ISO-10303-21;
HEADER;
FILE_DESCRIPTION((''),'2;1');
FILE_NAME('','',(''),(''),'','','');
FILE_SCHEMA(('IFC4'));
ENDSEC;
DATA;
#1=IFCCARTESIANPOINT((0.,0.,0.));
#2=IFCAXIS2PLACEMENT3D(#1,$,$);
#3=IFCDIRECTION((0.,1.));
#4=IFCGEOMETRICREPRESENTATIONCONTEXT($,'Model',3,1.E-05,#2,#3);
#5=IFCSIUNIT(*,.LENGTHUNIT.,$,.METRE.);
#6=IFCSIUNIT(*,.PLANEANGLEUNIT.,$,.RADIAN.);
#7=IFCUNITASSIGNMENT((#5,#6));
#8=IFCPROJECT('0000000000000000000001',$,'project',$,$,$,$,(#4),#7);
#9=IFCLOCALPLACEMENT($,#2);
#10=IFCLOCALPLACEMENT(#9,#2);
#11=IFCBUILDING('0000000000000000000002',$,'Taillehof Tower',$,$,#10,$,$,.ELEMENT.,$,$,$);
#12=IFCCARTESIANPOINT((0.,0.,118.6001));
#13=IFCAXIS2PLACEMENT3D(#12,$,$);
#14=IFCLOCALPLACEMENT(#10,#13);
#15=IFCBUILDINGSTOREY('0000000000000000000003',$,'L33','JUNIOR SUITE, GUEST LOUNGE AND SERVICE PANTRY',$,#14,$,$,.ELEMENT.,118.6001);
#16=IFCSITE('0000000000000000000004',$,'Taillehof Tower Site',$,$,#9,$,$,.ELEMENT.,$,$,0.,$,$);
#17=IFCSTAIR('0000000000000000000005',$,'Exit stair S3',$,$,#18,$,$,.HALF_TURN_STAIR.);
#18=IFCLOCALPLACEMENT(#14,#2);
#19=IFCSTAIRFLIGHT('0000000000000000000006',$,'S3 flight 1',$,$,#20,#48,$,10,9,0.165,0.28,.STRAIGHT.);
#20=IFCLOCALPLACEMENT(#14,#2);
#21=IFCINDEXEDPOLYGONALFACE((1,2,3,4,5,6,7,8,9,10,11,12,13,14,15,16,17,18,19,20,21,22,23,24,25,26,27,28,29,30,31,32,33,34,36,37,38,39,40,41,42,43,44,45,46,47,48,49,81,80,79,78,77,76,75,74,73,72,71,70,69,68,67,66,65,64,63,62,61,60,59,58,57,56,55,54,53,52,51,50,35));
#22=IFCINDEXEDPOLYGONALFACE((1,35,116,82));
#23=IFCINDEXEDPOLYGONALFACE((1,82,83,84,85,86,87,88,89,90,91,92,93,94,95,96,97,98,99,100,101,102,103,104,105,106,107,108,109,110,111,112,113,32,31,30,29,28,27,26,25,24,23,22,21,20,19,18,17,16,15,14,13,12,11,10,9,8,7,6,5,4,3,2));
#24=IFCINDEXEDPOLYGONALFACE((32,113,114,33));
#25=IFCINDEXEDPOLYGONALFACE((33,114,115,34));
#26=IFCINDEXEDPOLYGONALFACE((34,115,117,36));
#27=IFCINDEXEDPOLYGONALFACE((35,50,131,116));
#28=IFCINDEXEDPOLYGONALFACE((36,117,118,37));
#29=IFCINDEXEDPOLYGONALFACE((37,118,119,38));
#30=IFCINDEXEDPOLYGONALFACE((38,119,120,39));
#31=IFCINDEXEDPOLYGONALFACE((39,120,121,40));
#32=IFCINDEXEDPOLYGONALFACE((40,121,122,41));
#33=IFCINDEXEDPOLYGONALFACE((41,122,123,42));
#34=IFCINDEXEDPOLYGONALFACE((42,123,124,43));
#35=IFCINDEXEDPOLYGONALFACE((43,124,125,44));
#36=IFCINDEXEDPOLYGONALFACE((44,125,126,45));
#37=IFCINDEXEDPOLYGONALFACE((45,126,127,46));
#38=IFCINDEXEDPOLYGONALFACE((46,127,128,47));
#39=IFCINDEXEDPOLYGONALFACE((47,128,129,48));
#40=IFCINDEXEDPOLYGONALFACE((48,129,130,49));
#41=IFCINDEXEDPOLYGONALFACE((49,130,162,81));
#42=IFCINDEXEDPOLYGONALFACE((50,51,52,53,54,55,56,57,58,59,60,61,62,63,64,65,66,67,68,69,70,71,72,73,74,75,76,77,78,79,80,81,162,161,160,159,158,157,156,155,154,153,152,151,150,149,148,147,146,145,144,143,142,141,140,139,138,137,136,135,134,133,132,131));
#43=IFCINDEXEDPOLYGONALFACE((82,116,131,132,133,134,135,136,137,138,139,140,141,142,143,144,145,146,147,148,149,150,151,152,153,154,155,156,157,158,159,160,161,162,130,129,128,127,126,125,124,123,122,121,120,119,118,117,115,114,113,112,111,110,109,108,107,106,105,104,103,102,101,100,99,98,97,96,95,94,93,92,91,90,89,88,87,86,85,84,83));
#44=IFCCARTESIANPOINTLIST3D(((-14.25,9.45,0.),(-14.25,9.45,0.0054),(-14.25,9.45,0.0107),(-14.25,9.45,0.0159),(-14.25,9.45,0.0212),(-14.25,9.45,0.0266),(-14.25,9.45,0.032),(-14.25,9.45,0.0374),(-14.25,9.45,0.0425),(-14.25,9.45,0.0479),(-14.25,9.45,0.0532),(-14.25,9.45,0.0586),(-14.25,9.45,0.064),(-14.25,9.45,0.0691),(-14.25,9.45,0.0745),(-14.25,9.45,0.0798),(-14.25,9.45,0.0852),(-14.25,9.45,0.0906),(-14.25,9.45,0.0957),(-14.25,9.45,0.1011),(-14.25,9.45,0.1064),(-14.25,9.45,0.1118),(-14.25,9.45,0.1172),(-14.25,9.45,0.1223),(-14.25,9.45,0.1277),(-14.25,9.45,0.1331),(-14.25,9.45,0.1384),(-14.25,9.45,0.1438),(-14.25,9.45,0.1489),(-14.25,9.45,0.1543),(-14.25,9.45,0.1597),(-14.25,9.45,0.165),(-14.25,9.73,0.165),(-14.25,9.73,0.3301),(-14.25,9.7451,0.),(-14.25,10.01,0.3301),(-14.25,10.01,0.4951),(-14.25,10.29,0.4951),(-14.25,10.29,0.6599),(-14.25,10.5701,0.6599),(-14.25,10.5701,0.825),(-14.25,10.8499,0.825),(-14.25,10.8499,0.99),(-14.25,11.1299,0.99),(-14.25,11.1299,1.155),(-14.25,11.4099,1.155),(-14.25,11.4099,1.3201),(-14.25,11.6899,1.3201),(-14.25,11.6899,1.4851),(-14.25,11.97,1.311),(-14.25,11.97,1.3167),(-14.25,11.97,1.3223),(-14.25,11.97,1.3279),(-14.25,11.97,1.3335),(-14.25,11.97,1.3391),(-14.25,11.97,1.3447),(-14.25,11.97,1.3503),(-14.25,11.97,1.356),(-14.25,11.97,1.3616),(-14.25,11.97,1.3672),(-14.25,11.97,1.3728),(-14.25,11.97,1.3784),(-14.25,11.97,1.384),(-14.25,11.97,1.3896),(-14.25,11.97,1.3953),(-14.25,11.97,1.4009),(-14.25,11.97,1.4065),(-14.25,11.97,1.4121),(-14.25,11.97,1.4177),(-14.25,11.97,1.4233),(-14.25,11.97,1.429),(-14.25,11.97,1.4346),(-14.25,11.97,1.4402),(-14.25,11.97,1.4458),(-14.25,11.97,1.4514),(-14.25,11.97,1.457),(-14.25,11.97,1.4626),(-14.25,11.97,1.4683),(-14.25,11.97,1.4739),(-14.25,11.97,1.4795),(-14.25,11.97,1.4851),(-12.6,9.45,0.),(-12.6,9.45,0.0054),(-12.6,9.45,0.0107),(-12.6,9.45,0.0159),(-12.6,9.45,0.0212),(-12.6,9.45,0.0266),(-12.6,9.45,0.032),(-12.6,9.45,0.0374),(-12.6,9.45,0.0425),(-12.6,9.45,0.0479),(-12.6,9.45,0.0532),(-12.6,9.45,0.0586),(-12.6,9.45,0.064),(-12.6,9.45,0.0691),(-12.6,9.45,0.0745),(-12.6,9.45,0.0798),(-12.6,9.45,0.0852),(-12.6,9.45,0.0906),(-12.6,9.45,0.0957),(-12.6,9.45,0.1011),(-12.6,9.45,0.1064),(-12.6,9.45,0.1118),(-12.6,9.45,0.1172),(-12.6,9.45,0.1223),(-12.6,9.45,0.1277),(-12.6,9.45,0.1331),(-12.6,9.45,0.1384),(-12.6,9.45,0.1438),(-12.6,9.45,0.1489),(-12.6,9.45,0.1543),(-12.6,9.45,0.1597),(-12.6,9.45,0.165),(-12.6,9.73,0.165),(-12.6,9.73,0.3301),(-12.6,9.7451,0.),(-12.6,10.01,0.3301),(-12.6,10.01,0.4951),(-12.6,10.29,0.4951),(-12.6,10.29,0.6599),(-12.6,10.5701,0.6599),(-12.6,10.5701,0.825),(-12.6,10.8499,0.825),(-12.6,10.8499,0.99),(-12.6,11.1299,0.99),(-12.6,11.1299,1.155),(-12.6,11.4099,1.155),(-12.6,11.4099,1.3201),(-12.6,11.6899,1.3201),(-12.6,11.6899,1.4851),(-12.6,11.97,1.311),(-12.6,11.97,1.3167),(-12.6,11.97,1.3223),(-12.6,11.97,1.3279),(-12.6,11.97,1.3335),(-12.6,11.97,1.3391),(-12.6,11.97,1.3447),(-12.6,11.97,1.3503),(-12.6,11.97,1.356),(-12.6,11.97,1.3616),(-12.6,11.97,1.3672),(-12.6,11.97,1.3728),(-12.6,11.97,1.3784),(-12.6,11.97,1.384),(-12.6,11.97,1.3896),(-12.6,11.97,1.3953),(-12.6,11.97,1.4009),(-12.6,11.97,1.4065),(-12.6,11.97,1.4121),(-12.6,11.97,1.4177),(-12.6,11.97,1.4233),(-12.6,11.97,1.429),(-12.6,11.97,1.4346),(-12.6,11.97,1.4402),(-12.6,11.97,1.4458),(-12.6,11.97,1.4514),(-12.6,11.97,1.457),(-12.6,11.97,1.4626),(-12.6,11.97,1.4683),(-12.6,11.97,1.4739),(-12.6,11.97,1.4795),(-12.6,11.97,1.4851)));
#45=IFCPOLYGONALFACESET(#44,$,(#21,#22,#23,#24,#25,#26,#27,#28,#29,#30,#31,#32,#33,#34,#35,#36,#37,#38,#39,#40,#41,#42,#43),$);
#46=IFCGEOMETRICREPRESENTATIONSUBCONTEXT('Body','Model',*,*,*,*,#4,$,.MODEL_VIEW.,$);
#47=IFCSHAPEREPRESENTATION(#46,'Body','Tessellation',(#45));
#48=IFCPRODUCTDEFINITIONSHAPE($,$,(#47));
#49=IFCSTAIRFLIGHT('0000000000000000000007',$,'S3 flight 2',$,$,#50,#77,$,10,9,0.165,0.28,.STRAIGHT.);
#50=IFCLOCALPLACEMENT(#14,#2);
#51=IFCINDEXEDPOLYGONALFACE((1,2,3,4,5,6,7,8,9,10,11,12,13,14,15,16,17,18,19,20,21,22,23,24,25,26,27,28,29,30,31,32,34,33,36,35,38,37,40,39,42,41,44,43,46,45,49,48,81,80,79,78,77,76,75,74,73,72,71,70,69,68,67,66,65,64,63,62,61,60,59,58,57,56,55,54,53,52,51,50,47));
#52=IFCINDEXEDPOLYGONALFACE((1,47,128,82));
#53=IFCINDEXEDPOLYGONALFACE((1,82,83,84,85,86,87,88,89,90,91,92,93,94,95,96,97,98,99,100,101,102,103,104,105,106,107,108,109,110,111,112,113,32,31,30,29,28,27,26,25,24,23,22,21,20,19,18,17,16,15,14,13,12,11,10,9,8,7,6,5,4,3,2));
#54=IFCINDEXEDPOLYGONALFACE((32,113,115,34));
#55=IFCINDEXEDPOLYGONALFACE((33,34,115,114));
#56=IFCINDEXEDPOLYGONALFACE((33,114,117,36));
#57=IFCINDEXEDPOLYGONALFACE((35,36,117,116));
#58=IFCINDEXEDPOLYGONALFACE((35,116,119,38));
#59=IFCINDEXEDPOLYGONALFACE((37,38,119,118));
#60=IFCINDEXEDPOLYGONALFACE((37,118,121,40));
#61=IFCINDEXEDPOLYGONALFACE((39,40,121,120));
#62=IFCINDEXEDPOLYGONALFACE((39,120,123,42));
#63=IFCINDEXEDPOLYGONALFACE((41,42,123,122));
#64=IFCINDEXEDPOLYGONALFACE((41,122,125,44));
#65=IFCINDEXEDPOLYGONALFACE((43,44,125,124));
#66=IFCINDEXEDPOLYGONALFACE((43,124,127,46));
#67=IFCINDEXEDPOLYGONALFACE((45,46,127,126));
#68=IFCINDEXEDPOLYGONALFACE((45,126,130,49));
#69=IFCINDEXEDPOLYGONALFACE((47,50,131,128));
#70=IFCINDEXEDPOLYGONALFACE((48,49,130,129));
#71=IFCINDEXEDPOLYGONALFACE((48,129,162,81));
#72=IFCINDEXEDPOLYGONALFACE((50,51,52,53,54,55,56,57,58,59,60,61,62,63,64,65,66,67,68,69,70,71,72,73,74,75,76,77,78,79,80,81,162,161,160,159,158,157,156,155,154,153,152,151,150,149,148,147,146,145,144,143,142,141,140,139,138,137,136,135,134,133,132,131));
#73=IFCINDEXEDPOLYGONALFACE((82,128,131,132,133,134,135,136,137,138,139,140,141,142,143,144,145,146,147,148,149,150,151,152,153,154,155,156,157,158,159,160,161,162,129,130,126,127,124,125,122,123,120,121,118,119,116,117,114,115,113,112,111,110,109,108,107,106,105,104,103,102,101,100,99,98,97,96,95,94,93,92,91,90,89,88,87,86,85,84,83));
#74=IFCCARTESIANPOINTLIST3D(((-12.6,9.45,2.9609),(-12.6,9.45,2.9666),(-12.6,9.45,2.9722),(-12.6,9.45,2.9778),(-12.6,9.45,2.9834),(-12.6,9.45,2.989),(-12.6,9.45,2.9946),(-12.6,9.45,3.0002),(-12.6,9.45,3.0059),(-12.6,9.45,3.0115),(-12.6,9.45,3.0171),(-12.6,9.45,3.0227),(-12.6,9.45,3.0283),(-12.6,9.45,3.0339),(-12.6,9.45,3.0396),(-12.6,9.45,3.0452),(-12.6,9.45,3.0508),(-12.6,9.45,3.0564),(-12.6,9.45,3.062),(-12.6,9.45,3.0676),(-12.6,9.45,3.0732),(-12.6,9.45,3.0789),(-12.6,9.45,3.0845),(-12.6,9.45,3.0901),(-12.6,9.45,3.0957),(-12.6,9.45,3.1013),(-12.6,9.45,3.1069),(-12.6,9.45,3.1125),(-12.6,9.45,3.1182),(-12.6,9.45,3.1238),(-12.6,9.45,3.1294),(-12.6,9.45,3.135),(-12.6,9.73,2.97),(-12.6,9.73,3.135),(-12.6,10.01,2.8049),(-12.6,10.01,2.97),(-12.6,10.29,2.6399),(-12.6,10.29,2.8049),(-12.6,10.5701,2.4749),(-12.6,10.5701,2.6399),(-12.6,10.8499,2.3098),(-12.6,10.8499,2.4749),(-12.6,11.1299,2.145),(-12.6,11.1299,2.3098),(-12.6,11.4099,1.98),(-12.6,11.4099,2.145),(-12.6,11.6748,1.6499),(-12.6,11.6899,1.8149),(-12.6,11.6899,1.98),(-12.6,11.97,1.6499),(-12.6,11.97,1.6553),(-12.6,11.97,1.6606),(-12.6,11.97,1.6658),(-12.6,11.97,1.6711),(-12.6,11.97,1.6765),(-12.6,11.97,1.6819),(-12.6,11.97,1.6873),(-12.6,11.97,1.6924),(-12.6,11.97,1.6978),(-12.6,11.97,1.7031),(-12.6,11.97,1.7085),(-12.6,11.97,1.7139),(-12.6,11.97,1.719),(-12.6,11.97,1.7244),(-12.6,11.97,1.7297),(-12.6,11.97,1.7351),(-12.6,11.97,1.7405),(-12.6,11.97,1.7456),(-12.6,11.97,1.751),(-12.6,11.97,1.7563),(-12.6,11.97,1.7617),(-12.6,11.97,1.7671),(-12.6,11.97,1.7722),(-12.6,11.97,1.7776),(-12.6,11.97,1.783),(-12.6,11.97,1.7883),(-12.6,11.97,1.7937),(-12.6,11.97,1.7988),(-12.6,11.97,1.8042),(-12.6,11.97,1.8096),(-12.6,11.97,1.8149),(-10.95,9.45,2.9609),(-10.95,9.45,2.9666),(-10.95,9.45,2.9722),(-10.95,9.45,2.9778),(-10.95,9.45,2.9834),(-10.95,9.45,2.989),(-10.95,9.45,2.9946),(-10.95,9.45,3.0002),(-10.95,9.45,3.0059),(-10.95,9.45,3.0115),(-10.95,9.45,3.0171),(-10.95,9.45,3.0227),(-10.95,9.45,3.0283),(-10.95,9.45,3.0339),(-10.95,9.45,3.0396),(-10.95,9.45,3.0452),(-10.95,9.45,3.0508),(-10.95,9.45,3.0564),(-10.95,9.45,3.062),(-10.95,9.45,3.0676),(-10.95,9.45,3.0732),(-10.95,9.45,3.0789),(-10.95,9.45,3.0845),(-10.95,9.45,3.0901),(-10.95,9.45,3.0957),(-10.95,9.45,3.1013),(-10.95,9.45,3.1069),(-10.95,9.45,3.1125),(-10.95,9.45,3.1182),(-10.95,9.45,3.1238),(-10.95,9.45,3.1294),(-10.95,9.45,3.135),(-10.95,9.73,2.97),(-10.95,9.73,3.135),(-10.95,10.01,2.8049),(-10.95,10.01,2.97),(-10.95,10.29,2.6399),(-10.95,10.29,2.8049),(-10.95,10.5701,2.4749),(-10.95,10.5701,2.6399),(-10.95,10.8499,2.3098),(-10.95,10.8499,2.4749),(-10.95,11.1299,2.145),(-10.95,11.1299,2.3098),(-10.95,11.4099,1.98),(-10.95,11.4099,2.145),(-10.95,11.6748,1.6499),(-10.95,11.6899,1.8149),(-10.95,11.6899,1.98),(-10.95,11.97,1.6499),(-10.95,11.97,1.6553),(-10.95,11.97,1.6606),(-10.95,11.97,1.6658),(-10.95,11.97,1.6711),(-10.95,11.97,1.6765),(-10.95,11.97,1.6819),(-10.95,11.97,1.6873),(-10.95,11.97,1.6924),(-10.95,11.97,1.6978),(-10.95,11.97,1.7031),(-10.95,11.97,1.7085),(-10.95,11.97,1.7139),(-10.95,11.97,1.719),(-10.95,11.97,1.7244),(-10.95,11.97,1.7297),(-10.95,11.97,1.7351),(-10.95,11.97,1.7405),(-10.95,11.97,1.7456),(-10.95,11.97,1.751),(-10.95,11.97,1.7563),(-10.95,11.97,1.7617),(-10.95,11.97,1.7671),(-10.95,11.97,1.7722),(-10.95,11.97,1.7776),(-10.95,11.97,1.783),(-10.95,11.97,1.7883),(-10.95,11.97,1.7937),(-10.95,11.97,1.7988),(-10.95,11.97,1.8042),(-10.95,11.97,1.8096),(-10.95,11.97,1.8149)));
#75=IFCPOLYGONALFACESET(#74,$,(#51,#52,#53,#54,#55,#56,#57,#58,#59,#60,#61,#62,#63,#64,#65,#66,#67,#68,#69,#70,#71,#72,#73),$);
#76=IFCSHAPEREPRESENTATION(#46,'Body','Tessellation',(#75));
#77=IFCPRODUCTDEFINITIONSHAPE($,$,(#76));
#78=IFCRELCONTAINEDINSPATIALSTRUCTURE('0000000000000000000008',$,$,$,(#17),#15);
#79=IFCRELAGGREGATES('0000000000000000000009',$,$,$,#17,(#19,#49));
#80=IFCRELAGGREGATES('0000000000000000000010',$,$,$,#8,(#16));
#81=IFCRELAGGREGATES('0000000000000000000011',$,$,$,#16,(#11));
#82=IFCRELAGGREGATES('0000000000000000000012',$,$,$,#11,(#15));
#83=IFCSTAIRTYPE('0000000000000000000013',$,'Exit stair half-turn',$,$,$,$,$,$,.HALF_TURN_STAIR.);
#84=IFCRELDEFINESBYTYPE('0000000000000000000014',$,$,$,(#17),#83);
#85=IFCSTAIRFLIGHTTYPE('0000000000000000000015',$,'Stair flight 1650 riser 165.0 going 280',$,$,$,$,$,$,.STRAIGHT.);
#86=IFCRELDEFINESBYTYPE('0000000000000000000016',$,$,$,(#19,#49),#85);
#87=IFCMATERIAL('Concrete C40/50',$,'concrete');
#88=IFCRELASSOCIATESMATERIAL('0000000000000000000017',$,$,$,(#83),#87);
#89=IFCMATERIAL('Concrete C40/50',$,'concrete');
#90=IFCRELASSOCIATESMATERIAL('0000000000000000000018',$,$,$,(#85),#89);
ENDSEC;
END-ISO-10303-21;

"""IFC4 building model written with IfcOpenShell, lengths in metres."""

from ifc_helpers import new_model, si_unit, direction, frame, origin, place, context, subcontext, project, spatial, polyline, outline, extrude, material, type_object, element, aggregate, save


model = new_model("IFC4")

# Units and contexts
model_context = context("Model", 3, precision=1e-05, world=origin(), true_north=direction((0.0, 1.0)))
body_context = subcontext(model_context, "Body", "Model", "MODEL_VIEW")
ifc_project = project(units=[si_unit("LENGTHUNIT", "METRE"), si_unit("PLANEANGLEUNIT", "RADIAN")], contexts=[model_context])

# Site, building, storey
site_placement = place(None, origin())
site = spatial("IfcSite", under=ifc_project, at=site_placement, Name="Taillehof Tower Site", CompositionType="ELEMENT", RefElevation=0.0)
building_placement = place(site_placement, origin())
building = spatial("IfcBuilding", under=site, at=building_placement, Name="Taillehof Tower", CompositionType="ELEMENT")
storey_placement = place(building_placement, frame((0.0, 0.0, 118.6001)))
storey = spatial("IfcBuildingStorey", under=building, at=storey_placement, Name="L33", Description="JUNIOR SUITE, GUEST LOUNGE AND SERVICE PANTRY", CompositionType="ELEMENT", Elevation=118.6001)

# Stair, stair flights
ifc_material_1 = material(Name="Concrete C40/50", Category="concrete")
stair_type = type_object("IfcStairType", Name="Exit stair half-turn", PredefinedType="HALF_TURN_STAIR", material=ifc_material_1)
stair_placement = place(storey_placement, origin())
stair = element("IfcStair", 1, at=stair_placement, inside=storey, type_object=stair_type, Name="Exit stair S3", PredefinedType="HALF_TURN_STAIR")
ifc_material_2 = material(Name="Concrete C40/50", Category="concrete")
stair_flight_type = type_object("IfcStairFlightType", Name="Stair flight 1650 riser 165.0 going 280", PredefinedType="STRAIGHT", material=ifc_material_2)
stair_flight_1_placement = place(storey_placement, frame((-13.425, 9.45, 0.0), z_axis=(0.0, 0.0, 1.0), x_axis=(0.0, 1.0, 0.0)))
stair_flight_1 = element("IfcStairFlight", 2, at=stair_flight_1_placement, type_object=stair_flight_type, Name="S3 flight 1", NumberOfRisers=10, NumberOfTreads=9, PredefinedType="STRAIGHT", RiserHeight=0.165, TreadLength=0.28, context=body_context, shape_type="SweptSolid", body=[
    extrude(outline(polyline([(0.0, 0.0), (0.0, 0.0054), (0.0, 0.0107), (0.0, 0.0159), (0.0, 0.0212), (0.0, 0.0266), (0.0, 0.032), (0.0, 0.0374), (0.0, 0.0425), (0.0, 0.0479), (0.0, 0.0532), (0.0, 0.0586), (0.0, 0.064), (0.0, 0.0691), (0.0, 0.0745), (0.0, 0.0798), (0.0, 0.0852), (0.0, 0.0906), (0.0, 0.0957), (0.0, 0.1011), (0.0, 0.1064), (0.0, 0.1118), (0.0, 0.1172), (0.0, 0.1223), (0.0, 0.1277), (0.0, 0.1331), (0.0, 0.1384), (0.0, 0.1438), (0.0, 0.1489), (0.0, 0.1543), (0.0, 0.1597), (0.0, 0.165), (0.28, 0.165), (0.28, 0.3301), (0.5601, 0.3301), (0.5601, 0.4951), (0.8401, 0.4951), (0.8401, 0.6599), (1.1201, 0.6599), (1.1201, 0.825), (1.3999, 0.825), (1.3999, 0.99), (1.6799, 0.99), (1.6799, 1.155), (1.96, 1.155), (1.96, 1.3201), (2.24, 1.3201), (2.24, 1.4851), (2.52, 1.4851), (2.52, 1.4795), (2.52, 1.4739), (2.52, 1.4683), (2.52, 1.4626), (2.52, 1.457), (2.52, 1.4514), (2.52, 1.4458), (2.52, 1.4402), (2.52, 1.4346), (2.52, 1.429), (2.52, 1.4233), (2.52, 1.4177), (2.52, 1.4121), (2.52, 1.4065), (2.52, 1.4009), (2.52, 1.3953), (2.52, 1.3896), (2.52, 1.384), (2.52, 1.3784), (2.52, 1.3728), (2.52, 1.3672), (2.52, 1.3616), (2.52, 1.356), (2.52, 1.3503), (2.52, 1.3447), (2.52, 1.3391), (2.52, 1.3335), (2.52, 1.3279), (2.52, 1.3223), (2.52, 1.3167), (2.52, 1.311), (0.2952, 0.0), (0.0, 0.0)])), frame((0.0, 0.825, 0.0), z_axis=(0.0, -1.0, 0.0), x_axis=(1.0, 0.0, 0.0)), (0.0, 0.0, 1.0), 1.65),
])
stair_flight_2_placement = place(storey_placement, frame((-11.7749, 11.97, 1.6499), z_axis=(0.0, 0.0, 1.0), x_axis=(0.0, -1.0, 0.0)))
stair_flight_2 = element("IfcStairFlight", 3, at=stair_flight_2_placement, type_object=stair_flight_type, Name="S3 flight 2", NumberOfRisers=10, NumberOfTreads=9, PredefinedType="STRAIGHT", RiserHeight=0.165, TreadLength=0.28, context=body_context, shape_type="SweptSolid", body=[
    extrude(outline(polyline([(0.0, 0.0), (0.0, 0.0054), (0.0, 0.0107), (0.0, 0.0159), (0.0, 0.0212), (0.0, 0.0266), (0.0, 0.032), (0.0, 0.0374), (0.0, 0.0425), (0.0, 0.0479), (0.0, 0.0532), (0.0, 0.0586), (0.0, 0.064), (0.0, 0.0691), (0.0, 0.0745), (0.0, 0.0798), (0.0, 0.0852), (0.0, 0.0906), (0.0, 0.0957), (0.0, 0.1011), (0.0, 0.1064), (0.0, 0.1118), (0.0, 0.1172), (0.0, 0.1223), (0.0, 0.1277), (0.0, 0.1331), (0.0, 0.1384), (0.0, 0.1438), (0.0, 0.1489), (0.0, 0.1543), (0.0, 0.1597), (0.0, 0.165), (0.28, 0.165), (0.28, 0.3301), (0.5601, 0.3301), (0.5601, 0.4951), (0.8401, 0.4951), (0.8401, 0.6599), (1.1201, 0.6599), (1.1201, 0.825), (1.3999, 0.825), (1.3999, 0.99), (1.6799, 0.99), (1.6799, 1.155), (1.96, 1.155), (1.96, 1.3201), (2.24, 1.3201), (2.24, 1.4851), (2.52, 1.4851), (2.52, 1.4795), (2.52, 1.4739), (2.52, 1.4683), (2.52, 1.4626), (2.52, 1.457), (2.52, 1.4514), (2.52, 1.4458), (2.52, 1.4402), (2.52, 1.4346), (2.52, 1.429), (2.52, 1.4233), (2.52, 1.4177), (2.52, 1.4121), (2.52, 1.4065), (2.52, 1.4009), (2.52, 1.3953), (2.52, 1.3896), (2.52, 1.384), (2.52, 1.3784), (2.52, 1.3728), (2.52, 1.3672), (2.52, 1.3616), (2.52, 1.356), (2.52, 1.3503), (2.52, 1.3447), (2.52, 1.3391), (2.52, 1.3335), (2.52, 1.3279), (2.52, 1.3223), (2.52, 1.3167), (2.52, 1.311), (0.2952, 0.0), (0.0, 0.0)])), frame((0.0, 0.825, 0.0), z_axis=(0.0, -1.0, 0.0), x_axis=(1.0, 0.0, 0.0)), (0.0, 0.0, 1.0), 1.65),
])
aggregate(stair, [stair_flight_1, stair_flight_2])

save(model, "model.ifc")
